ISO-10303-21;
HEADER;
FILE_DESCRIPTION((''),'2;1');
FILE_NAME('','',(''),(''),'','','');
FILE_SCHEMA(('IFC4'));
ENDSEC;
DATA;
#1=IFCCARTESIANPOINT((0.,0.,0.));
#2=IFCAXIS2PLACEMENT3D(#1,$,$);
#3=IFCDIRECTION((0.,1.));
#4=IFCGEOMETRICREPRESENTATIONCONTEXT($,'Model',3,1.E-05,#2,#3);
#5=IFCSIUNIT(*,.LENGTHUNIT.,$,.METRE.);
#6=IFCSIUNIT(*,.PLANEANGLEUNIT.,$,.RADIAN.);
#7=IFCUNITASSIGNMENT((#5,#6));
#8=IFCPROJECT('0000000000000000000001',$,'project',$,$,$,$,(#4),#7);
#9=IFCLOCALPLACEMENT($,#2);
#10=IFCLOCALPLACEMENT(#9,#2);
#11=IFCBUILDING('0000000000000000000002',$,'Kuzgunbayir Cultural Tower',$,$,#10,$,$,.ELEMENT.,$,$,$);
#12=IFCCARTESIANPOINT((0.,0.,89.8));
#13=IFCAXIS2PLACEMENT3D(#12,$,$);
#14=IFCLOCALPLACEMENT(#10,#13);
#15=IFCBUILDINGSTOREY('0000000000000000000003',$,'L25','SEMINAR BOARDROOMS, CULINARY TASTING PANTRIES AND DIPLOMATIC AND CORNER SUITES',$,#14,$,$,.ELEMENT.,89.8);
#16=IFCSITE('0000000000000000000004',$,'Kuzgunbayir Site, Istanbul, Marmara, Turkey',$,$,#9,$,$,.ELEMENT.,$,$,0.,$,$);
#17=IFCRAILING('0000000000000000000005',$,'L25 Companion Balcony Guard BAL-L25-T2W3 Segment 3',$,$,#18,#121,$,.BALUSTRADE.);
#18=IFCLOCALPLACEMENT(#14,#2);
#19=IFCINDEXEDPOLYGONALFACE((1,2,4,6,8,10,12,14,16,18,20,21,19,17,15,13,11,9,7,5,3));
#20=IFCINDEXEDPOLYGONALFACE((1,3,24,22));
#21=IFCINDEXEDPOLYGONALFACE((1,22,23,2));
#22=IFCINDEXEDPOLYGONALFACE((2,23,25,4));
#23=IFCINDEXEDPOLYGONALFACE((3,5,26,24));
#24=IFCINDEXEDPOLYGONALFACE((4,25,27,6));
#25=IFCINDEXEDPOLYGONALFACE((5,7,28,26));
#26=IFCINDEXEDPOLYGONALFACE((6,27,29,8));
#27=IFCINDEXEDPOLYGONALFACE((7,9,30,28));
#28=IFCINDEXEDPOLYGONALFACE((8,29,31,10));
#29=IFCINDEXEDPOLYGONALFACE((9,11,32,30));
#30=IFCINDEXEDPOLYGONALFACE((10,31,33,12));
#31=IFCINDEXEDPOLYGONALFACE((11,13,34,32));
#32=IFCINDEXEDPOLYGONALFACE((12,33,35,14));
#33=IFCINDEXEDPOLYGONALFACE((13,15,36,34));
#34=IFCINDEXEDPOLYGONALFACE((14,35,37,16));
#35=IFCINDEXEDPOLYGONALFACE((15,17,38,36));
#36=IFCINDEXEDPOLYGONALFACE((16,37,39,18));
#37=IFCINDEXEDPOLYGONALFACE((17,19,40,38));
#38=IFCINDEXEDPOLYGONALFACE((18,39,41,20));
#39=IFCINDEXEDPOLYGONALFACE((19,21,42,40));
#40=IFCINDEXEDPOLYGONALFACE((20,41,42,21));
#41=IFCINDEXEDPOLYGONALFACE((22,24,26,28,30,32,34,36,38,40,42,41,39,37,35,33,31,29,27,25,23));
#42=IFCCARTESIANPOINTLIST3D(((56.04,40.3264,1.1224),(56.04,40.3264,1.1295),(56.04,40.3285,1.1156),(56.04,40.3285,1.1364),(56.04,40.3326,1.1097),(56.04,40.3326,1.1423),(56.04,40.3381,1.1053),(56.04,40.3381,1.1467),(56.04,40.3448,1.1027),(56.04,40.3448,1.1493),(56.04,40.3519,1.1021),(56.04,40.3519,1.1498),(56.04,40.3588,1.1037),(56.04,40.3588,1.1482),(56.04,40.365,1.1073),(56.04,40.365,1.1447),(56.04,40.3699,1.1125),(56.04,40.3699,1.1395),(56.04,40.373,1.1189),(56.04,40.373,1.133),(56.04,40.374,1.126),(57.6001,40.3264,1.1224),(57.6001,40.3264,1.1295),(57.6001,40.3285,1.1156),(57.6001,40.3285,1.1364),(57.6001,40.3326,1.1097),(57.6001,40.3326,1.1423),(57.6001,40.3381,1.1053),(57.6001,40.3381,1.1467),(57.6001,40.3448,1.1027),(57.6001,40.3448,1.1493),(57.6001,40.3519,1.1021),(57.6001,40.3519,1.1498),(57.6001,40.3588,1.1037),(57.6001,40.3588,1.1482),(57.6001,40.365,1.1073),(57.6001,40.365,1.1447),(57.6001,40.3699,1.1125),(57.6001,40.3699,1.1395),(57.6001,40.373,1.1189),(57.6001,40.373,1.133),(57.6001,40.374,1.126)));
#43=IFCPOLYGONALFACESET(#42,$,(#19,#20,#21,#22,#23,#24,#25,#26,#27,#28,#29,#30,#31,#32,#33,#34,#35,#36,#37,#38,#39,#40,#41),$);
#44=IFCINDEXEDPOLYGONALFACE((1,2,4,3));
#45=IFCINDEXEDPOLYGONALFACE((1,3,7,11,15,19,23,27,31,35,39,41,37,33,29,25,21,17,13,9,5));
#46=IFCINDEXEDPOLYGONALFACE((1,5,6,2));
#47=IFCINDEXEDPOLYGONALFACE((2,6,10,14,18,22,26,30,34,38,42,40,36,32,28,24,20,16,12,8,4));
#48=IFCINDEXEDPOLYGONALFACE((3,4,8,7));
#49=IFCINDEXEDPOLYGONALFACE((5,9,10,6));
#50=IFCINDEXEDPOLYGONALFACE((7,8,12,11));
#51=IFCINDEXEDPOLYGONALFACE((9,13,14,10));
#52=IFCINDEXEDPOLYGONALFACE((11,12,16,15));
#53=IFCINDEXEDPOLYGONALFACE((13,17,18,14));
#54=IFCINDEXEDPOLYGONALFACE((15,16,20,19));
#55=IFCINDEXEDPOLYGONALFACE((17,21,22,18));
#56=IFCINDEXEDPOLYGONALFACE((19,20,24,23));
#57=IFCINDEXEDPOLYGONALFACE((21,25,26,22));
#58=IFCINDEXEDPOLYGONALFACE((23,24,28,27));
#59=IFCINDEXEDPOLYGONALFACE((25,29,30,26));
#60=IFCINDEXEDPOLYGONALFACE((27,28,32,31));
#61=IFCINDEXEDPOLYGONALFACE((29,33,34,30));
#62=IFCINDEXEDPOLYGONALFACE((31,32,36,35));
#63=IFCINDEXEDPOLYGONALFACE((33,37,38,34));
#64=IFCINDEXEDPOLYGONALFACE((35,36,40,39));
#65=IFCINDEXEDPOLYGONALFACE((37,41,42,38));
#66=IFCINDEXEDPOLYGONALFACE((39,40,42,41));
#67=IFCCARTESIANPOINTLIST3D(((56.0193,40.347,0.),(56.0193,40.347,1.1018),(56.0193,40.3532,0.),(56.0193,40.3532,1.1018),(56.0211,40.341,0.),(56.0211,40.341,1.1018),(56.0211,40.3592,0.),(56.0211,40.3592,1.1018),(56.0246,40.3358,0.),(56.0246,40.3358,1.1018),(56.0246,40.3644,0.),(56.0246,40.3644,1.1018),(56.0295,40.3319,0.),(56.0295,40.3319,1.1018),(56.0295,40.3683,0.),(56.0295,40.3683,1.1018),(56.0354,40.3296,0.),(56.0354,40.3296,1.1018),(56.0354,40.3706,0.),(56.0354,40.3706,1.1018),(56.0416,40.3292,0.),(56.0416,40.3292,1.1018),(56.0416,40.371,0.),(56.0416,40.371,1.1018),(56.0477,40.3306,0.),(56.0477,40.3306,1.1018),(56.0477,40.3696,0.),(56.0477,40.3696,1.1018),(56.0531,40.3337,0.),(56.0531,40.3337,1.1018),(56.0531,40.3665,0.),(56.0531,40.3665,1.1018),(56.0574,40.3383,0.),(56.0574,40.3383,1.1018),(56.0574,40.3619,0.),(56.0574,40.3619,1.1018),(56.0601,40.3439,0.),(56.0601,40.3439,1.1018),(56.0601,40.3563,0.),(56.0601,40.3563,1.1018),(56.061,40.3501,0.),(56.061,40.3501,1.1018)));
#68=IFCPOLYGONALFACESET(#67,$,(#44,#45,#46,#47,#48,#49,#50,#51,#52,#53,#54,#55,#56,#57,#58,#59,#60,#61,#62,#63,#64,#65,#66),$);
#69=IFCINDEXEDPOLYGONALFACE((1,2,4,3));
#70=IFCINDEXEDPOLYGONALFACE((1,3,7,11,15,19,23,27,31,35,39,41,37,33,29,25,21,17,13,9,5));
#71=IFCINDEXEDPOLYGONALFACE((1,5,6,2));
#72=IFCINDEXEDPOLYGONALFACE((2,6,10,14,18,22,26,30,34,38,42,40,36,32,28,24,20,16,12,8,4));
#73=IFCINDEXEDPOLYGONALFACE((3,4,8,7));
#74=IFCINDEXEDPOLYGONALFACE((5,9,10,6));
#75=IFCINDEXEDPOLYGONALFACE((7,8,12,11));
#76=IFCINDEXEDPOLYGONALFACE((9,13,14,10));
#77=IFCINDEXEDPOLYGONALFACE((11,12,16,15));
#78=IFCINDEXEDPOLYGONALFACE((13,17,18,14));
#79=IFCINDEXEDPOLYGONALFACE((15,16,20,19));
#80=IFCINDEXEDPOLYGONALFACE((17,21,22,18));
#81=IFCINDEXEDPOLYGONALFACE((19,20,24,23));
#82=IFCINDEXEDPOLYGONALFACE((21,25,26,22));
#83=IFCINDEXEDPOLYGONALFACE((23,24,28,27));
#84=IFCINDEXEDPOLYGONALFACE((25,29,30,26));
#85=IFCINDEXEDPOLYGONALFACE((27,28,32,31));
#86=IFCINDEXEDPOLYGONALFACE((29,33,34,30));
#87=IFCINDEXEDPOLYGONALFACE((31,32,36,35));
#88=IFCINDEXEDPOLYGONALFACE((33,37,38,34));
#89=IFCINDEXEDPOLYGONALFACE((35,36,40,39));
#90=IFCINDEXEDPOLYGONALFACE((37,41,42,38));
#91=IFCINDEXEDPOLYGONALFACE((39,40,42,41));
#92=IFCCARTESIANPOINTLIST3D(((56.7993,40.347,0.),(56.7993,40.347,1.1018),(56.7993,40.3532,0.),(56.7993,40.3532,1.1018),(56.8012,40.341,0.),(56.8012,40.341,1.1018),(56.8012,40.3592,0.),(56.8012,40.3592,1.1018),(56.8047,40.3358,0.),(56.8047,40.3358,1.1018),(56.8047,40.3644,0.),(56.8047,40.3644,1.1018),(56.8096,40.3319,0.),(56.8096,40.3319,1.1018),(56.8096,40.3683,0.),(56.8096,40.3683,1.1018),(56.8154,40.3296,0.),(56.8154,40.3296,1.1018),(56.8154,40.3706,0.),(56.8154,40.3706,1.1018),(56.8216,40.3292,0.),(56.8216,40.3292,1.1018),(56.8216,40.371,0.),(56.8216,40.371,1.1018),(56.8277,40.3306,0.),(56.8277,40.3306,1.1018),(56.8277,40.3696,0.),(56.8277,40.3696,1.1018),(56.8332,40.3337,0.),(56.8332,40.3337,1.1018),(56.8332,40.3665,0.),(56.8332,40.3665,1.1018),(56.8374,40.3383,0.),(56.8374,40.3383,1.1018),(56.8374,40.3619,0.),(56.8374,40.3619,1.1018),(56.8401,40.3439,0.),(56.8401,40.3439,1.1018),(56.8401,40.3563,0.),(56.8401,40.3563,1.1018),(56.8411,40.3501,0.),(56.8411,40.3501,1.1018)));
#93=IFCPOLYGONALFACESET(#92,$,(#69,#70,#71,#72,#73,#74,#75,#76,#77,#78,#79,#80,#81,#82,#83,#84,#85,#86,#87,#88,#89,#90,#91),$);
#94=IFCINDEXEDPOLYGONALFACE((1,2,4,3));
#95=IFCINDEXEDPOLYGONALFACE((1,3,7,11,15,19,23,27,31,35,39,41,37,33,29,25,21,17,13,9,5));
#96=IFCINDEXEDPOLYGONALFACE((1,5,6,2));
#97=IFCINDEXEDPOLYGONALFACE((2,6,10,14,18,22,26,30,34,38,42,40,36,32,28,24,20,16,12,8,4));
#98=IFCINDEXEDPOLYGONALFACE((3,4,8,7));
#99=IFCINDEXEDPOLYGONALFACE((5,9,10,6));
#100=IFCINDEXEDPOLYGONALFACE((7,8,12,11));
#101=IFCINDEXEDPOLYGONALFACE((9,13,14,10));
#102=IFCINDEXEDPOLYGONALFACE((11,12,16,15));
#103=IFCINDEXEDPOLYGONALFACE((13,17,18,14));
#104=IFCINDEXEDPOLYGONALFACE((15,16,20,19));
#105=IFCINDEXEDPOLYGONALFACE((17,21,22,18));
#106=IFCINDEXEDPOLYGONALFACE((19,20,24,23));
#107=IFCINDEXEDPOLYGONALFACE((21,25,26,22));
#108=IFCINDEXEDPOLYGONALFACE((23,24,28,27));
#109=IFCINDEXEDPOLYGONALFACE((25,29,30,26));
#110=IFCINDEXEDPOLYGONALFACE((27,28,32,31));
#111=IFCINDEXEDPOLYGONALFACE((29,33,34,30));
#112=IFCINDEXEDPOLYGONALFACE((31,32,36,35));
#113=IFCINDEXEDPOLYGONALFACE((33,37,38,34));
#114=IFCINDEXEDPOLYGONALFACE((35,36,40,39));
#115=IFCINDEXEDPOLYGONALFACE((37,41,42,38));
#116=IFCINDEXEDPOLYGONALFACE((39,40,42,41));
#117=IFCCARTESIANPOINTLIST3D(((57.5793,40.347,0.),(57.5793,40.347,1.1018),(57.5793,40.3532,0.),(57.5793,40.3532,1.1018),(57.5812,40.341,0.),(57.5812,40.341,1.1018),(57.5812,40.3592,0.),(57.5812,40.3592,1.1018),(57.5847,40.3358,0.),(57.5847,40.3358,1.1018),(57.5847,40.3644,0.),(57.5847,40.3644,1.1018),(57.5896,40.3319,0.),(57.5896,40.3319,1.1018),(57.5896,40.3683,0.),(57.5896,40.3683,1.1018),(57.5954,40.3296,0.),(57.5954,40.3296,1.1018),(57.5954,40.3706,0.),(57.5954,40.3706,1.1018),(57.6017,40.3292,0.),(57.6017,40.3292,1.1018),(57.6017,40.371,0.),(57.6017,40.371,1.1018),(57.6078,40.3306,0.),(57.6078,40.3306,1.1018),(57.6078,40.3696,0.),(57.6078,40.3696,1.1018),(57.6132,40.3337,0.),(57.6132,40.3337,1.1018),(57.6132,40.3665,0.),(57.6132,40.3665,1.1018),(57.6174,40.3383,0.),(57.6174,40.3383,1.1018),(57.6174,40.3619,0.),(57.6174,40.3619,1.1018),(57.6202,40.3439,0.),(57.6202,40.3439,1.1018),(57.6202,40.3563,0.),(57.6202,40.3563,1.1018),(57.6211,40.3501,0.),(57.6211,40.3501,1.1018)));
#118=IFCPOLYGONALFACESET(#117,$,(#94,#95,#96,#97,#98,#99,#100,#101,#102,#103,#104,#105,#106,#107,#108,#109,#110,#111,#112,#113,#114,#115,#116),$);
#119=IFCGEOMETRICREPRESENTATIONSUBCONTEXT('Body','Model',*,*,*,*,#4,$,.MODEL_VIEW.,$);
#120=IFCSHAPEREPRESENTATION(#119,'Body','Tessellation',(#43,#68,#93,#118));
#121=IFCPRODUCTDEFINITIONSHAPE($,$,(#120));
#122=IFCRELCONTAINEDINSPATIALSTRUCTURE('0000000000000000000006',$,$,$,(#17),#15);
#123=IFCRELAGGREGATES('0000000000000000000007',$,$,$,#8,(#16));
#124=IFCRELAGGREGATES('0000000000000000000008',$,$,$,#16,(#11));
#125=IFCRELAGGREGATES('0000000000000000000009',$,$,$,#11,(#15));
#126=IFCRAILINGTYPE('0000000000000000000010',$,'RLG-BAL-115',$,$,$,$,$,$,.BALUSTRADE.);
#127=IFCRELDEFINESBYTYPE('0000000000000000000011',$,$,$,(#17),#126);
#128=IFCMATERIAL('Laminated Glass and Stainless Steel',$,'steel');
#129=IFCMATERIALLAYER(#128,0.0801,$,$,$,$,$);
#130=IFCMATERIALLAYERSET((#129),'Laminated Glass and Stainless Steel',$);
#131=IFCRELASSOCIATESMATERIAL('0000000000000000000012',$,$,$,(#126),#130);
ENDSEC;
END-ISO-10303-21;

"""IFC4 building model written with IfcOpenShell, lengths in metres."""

from ifc_helpers import new_model, si_unit, direction, frame, origin, origin_2d, place, context, subcontext, project, spatial, circle, extrude, material, layer, layer_set, type_object, element, save


model = new_model("IFC4")

# Units and contexts
model_context = context("Model", 3, precision=1e-05, world=origin(), true_north=direction((0.0, 1.0)))
body_context = subcontext(model_context, "Body", "Model", "MODEL_VIEW")
ifc_project = project(units=[si_unit("LENGTHUNIT", "METRE"), si_unit("PLANEANGLEUNIT", "RADIAN")], contexts=[model_context])

# Site, building, storey
site_placement = place(None, origin())
site = spatial("IfcSite", under=ifc_project, at=site_placement, Name="Kuzgunbayir Site, Istanbul, Marmara, Turkey", CompositionType="ELEMENT", RefElevation=0.0)
building_placement = place(site_placement, origin())
building = spatial("IfcBuilding", under=site, at=building_placement, Name="Kuzgunbayir Cultural Tower", CompositionType="ELEMENT")
storey_placement = place(building_placement, frame((0.0, 0.0, 89.8)))
storey = spatial("IfcBuildingStorey", under=building, at=storey_placement, Name="L25", Description="SEMINAR BOARDROOMS, CULINARY TASTING PANTRIES AND DIPLOMATIC AND CORNER SUITES", CompositionType="ELEMENT", Elevation=89.8)

# Railing
ifc_material_1 = material(Name="Laminated Glass and Stainless Steel", Category="steel")
ifc_layer_1 = layer(ifc_material_1, 0.0801)
ifc_layer_set_1 = layer_set([ifc_layer_1], Name="Laminated Glass and Stainless Steel")
railing_type = type_object("IfcRailingType", Name="RLG-BAL-115", PredefinedType="BALUSTRADE", material=ifc_layer_set_1)
railing_1_placement = place(storey_placement, frame((56.04, 40.3501, 0.0)))
element("IfcRailing", 1, at=railing_1_placement, inside=storey, type_object=railing_type, Name="L25 Companion Balcony Guard BAL-L25-T2W3 Segment 3", PredefinedType="BALUSTRADE", context=body_context, shape_type="SweptSolid", body=[
    extrude(circle(Radius=0.0239, at=origin_2d()), frame((0.0, 0.0, 1.126), z_axis=(1.0, 0.0, 0.0), x_axis=(0.0, 1.0, 0.0)), (0.0, 0.0, 1.0), 1.5601),
    extrude(circle(Radius=0.021, at=origin_2d()), origin(), (0.0, 0.0, 1.0), 1.1018),
    extrude(circle(Radius=0.021, at=origin_2d()), frame((0.78, 0.0, 0.0)), (0.0, 0.0, 1.0), 1.1018),
    extrude(circle(Radius=0.021, at=origin_2d()), frame((1.5601, 0.0, 0.0)), (0.0, 0.0, 1.0), 1.1018),
])

save(model, "model.ifc")
